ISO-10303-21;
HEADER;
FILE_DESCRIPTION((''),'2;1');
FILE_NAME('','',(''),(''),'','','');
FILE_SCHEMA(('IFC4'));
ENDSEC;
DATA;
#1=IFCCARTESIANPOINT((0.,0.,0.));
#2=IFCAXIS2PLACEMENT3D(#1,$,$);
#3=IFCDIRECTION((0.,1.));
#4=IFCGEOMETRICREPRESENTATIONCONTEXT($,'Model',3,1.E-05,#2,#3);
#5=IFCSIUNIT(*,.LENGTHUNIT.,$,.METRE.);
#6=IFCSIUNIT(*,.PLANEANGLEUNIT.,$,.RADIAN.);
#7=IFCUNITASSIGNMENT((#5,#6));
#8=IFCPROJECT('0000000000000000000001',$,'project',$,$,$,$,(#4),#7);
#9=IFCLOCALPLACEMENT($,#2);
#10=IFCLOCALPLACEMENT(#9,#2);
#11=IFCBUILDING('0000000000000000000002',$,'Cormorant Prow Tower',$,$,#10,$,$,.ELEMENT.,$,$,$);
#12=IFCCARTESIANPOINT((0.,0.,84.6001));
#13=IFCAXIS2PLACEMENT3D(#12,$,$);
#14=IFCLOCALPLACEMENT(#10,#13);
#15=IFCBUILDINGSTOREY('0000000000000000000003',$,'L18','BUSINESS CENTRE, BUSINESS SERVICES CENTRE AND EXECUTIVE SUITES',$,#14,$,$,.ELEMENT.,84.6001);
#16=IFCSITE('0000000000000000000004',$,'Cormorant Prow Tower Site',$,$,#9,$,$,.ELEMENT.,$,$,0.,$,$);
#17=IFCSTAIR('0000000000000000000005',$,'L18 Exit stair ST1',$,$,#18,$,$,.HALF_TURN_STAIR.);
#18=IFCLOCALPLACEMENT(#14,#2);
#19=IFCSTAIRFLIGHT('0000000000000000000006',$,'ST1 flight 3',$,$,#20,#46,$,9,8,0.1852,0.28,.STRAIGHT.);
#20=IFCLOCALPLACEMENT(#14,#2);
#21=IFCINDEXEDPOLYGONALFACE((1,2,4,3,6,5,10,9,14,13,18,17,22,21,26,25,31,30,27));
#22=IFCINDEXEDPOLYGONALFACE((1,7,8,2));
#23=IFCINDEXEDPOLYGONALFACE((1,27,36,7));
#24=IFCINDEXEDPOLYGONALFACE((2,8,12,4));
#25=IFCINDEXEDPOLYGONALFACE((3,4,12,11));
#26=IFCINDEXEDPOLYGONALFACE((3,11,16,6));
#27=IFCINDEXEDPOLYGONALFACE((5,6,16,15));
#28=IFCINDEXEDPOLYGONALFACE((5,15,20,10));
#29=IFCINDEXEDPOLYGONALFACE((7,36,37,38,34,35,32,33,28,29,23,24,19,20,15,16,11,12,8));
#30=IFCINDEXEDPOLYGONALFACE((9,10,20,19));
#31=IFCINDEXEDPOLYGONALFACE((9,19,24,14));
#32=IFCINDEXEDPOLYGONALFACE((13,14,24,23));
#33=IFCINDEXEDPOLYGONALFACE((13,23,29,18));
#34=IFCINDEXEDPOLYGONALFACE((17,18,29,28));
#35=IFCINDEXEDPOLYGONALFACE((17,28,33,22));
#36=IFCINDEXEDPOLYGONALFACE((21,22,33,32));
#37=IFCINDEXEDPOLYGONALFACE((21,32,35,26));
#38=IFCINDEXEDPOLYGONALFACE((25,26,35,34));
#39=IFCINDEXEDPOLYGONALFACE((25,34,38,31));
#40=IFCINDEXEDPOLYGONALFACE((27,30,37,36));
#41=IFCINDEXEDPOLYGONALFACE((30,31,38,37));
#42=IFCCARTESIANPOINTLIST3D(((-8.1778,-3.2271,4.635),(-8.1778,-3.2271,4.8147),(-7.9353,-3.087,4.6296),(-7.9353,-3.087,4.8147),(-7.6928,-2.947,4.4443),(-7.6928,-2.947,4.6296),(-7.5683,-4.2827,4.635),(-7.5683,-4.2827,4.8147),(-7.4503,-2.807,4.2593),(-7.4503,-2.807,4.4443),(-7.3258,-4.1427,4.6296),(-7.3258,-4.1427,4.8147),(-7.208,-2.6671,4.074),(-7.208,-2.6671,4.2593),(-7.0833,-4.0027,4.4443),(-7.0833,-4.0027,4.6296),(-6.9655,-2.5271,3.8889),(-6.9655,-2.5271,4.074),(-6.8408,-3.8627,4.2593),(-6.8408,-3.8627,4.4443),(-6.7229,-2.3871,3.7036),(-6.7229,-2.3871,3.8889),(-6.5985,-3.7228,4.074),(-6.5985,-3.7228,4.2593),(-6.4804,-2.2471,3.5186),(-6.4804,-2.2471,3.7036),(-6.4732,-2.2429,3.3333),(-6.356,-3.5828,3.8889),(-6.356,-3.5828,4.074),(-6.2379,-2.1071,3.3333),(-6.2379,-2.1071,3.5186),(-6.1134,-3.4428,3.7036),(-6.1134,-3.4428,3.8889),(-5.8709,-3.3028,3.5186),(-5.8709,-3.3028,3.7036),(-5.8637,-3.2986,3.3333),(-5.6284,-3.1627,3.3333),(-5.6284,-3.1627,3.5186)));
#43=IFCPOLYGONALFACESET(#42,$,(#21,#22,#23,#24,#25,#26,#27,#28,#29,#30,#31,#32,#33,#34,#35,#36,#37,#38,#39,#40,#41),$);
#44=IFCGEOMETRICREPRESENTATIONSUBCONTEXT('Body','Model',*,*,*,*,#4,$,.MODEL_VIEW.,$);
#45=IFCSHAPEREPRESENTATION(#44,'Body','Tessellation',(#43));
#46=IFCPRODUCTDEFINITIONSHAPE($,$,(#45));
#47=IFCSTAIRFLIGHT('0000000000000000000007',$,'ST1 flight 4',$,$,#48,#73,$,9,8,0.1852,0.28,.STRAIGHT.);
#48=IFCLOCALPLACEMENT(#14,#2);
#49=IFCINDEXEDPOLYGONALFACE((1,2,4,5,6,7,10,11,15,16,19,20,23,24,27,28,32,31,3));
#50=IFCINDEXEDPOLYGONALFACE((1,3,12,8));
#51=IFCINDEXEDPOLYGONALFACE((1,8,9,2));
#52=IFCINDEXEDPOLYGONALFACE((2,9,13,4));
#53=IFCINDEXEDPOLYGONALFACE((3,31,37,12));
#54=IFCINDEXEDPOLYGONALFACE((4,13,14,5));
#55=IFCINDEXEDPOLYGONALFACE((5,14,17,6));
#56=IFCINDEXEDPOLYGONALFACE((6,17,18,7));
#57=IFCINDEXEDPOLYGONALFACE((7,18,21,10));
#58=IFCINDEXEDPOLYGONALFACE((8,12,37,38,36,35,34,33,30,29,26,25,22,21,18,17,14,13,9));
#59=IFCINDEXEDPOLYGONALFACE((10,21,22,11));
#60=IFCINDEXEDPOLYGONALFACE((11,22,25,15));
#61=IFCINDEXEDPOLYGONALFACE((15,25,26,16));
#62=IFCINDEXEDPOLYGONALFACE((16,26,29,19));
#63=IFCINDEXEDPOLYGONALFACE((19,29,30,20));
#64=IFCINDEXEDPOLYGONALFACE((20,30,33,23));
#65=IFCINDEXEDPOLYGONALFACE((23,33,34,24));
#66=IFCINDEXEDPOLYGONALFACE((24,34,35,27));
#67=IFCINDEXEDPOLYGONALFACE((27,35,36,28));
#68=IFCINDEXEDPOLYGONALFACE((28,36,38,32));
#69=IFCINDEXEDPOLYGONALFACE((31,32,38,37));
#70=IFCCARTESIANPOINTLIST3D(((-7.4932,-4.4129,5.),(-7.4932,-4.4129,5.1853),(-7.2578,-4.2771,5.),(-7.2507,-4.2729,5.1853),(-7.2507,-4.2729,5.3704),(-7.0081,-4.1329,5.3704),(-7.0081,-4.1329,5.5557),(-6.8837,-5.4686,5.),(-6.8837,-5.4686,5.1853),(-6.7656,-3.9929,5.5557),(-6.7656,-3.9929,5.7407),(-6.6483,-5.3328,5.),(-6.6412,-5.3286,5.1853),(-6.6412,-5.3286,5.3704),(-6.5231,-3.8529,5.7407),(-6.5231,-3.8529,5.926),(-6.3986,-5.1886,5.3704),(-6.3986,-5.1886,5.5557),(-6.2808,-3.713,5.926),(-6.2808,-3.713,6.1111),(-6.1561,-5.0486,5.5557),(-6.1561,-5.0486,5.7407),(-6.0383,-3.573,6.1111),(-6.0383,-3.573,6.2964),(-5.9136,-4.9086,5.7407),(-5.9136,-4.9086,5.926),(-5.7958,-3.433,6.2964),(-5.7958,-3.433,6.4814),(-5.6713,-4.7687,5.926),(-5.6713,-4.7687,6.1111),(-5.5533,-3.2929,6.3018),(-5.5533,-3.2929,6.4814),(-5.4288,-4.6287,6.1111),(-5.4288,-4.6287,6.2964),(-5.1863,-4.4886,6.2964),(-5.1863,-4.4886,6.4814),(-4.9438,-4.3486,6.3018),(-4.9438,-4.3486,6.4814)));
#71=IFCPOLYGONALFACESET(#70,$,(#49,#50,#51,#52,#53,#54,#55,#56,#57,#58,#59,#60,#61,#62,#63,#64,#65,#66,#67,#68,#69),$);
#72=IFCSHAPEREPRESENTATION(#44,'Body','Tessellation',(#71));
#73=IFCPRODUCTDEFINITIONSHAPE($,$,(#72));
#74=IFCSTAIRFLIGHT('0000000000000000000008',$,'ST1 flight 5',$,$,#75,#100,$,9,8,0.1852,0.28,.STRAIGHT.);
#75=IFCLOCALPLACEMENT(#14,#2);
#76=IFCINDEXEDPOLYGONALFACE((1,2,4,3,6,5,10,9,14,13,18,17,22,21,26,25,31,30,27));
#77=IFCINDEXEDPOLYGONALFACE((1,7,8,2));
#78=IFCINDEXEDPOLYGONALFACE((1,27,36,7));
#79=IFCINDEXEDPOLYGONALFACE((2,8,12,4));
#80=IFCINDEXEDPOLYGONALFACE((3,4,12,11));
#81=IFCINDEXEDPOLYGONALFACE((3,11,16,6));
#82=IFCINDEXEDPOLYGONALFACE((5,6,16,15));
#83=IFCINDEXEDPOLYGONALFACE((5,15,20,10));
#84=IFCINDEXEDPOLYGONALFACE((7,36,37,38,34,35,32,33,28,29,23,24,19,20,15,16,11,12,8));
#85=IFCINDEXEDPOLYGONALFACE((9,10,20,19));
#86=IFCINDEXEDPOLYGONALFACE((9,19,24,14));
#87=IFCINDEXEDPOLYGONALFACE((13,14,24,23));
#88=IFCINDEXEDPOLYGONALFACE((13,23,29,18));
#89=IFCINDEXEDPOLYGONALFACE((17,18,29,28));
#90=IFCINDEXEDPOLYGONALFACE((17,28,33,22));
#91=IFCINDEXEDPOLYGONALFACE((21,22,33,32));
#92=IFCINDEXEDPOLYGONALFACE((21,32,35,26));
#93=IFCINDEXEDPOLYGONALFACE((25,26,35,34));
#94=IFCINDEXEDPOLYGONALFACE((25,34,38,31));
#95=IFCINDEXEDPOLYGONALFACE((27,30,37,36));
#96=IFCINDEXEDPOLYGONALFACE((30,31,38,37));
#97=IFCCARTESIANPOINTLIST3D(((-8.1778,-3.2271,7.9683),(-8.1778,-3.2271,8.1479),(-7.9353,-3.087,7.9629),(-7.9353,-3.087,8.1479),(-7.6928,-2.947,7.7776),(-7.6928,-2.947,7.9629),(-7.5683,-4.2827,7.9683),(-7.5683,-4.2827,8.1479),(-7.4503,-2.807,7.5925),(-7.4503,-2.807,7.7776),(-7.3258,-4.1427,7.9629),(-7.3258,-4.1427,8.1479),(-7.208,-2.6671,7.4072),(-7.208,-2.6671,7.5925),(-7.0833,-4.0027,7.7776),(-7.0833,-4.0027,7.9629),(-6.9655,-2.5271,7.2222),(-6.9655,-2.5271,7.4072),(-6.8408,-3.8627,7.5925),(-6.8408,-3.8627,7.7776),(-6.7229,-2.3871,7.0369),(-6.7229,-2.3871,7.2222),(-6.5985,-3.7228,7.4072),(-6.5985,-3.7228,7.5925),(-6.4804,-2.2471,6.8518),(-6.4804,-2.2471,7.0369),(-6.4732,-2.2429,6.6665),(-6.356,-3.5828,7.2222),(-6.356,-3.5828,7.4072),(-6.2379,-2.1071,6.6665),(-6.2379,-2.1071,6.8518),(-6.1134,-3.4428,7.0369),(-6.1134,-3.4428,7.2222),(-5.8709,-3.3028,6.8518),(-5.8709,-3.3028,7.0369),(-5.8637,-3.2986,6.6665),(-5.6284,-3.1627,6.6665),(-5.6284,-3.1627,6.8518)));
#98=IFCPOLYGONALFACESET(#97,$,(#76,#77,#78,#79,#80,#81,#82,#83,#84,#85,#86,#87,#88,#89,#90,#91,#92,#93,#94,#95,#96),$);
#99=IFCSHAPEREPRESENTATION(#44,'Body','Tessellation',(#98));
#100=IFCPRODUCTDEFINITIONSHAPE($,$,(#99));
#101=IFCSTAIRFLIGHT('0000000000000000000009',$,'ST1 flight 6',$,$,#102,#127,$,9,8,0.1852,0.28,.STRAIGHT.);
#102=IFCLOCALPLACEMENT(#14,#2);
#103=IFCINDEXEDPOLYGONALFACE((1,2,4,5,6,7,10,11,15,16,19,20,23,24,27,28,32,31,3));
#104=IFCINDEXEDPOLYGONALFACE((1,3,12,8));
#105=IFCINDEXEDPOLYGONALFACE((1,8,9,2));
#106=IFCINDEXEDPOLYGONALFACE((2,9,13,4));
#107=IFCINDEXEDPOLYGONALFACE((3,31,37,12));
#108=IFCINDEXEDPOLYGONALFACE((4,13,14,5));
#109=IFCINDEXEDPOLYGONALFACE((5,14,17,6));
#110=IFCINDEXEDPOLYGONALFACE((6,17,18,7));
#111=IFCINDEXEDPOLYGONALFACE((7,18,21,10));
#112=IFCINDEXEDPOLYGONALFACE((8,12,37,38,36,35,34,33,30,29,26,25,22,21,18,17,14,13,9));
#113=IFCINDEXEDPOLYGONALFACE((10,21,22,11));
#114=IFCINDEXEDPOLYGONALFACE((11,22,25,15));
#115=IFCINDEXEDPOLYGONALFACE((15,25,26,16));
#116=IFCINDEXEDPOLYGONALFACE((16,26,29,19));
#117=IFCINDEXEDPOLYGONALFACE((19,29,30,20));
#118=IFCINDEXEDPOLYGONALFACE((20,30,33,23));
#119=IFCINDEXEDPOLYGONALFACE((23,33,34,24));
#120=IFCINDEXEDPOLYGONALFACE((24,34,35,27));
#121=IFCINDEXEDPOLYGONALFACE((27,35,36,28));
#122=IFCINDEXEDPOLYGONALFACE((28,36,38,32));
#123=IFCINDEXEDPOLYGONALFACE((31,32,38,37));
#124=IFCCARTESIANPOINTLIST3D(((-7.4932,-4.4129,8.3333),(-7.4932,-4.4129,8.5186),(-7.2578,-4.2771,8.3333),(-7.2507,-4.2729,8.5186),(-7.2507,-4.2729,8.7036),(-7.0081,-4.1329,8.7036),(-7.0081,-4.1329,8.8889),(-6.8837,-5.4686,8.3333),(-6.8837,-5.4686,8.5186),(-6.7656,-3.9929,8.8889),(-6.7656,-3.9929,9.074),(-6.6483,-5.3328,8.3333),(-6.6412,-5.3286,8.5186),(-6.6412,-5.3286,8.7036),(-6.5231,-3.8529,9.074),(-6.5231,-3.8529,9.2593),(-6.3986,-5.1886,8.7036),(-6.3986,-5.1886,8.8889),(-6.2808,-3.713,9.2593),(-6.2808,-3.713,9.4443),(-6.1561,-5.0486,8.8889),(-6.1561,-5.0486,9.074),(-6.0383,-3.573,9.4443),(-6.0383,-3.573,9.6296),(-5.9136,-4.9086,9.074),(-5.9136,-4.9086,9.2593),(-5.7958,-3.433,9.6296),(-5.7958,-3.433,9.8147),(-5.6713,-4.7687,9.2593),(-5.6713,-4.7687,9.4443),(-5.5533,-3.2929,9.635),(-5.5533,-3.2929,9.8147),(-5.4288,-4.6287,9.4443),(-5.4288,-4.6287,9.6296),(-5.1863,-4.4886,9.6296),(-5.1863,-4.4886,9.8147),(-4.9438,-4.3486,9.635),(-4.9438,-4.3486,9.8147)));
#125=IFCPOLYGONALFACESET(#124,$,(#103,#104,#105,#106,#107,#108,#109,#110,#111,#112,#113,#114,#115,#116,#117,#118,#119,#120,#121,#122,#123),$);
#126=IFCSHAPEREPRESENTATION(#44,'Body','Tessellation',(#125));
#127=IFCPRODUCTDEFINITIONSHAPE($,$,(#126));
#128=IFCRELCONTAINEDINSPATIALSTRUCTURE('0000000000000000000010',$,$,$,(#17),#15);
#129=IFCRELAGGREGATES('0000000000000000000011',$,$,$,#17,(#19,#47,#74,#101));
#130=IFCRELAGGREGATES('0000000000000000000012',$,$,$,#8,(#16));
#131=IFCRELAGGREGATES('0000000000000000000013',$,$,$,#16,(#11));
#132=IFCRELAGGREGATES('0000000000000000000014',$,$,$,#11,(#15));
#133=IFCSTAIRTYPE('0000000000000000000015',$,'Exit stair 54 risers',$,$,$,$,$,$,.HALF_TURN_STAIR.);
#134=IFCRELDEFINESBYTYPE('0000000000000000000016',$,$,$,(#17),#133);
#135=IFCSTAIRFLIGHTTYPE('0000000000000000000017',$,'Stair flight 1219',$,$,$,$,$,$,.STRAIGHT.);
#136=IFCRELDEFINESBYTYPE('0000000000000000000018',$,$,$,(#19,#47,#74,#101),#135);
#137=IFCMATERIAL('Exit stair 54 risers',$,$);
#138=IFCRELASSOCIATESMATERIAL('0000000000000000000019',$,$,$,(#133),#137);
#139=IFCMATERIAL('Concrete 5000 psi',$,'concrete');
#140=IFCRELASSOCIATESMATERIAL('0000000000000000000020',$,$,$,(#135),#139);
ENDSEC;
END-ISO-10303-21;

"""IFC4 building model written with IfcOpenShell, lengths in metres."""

from ifc_helpers import new_model, si_unit, direction, frame, origin, place, context, subcontext, project, spatial, polyline, outline, extrude, material, type_object, element, aggregate, save


model = new_model("IFC4")

# Units and contexts
model_context = context("Model", 3, precision=1e-05, world=origin(), true_north=direction((0.0, 1.0)))
body_context = subcontext(model_context, "Body", "Model", "MODEL_VIEW")
ifc_project = project(units=[si_unit("LENGTHUNIT", "METRE"), si_unit("PLANEANGLEUNIT", "RADIAN")], contexts=[model_context])

# Site, building, storey
site_placement = place(None, origin())
site = spatial("IfcSite", under=ifc_project, at=site_placement, Name="Cormorant Prow Tower Site", CompositionType="ELEMENT", RefElevation=0.0)
building_placement = place(site_placement, origin())
building = spatial("IfcBuilding", under=site, at=building_placement, Name="Cormorant Prow Tower", CompositionType="ELEMENT")
storey_placement = place(building_placement, frame((0.0, 0.0, 84.6001)))
storey = spatial("IfcBuildingStorey", under=building, at=storey_placement, Name="L18", Description="BUSINESS CENTRE, BUSINESS SERVICES CENTRE AND EXECUTIVE SUITES", CompositionType="ELEMENT", Elevation=84.6001)

# Stair, stair flights
ifc_material_1 = material(Name="Exit stair 54 risers")
stair_type = type_object("IfcStairType", Name="Exit stair 54 risers", PredefinedType="HALF_TURN_STAIR", material=ifc_material_1)
stair_placement = place(storey_placement, origin())
stair = element("IfcStair", 1, at=stair_placement, inside=storey, type_object=stair_type, Name="L18 Exit stair ST1", PredefinedType="HALF_TURN_STAIR")
ifc_material_2 = material(Name="Concrete 5000 psi", Category="concrete")
stair_flight_type = type_object("IfcStairFlightType", Name="Stair flight 1219", PredefinedType="STRAIGHT", material=ifc_material_2)
stair_flight_1_placement = place(storey_placement, frame((-5.9331, -2.635, 3.3333), z_axis=(0.0, 0.0, 1.0), x_axis=(-0.866025, -0.5, 0.0)))
stair_flight_1 = element("IfcStairFlight", 2, at=stair_flight_1_placement, type_object=stair_flight_type, Name="ST1 flight 3", NumberOfRisers=9, NumberOfTreads=8, PredefinedType="STRAIGHT", RiserHeight=0.1852, TreadLength=0.28, context=body_context, shape_type="SweptSolid", body=[
    extrude(outline(polyline([(0.0, 0.0), (0.0, 0.1853), (0.28, 0.1853), (0.28, 0.3704), (0.5601, 0.3704), (0.5601, 0.5557), (0.8401, 0.5557), (0.8401, 0.7407), (1.1201, 0.7407), (1.1201, 0.926), (1.3999, 0.926), (1.3999, 1.1111), (1.6799, 1.1111), (1.6799, 1.2964), (1.96, 1.2964), (1.96, 1.4814), (2.24, 1.4814), (2.24, 1.6667), (2.24, 1.3018), (0.2717, 0.0), (0.0, 0.0)])), frame((0.0, 0.6094, 0.0), z_axis=(0.0, -1.0, 0.0), x_axis=(1.0, 0.0, 0.0)), (0.0, 0.0, 1.0), 1.219),
])
stair_flight_2_placement = place(storey_placement, frame((-7.1885, -4.9407, 5.0), z_axis=(0.0, 0.0, 1.0), x_axis=(0.866025, 0.5, 0.0)))
stair_flight_2 = element("IfcStairFlight", 3, at=stair_flight_2_placement, type_object=stair_flight_type, Name="ST1 flight 4", NumberOfRisers=9, NumberOfTreads=8, PredefinedType="STRAIGHT", RiserHeight=0.1852, TreadLength=0.28, context=body_context, shape_type="SweptSolid", body=[
    extrude(outline(polyline([(0.0, 0.0), (0.0, 0.1853), (0.28, 0.1853), (0.28, 0.3704), (0.5601, 0.3704), (0.5601, 0.5557), (0.8401, 0.5557), (0.8401, 0.7407), (1.1201, 0.7407), (1.1201, 0.926), (1.3999, 0.926), (1.3999, 1.1111), (1.6799, 1.1111), (1.6799, 1.2964), (1.96, 1.2964), (1.96, 1.4814), (2.24, 1.4814), (2.24, 1.6667), (2.24, 1.3018), (0.2717, 0.0), (0.0, 0.0)])), frame((0.0, 0.6094, 0.0), z_axis=(0.0, -1.0, 0.0), x_axis=(1.0, 0.0, 0.0)), (0.0, 0.0, 1.0), 1.219),
])
stair_flight_3_placement = place(storey_placement, frame((-5.9331, -2.635, 6.6665), z_axis=(0.0, 0.0, 1.0), x_axis=(-0.866025, -0.5, 0.0)))
stair_flight_3 = element("IfcStairFlight", 4, at=stair_flight_3_placement, type_object=stair_flight_type, Name="ST1 flight 5", NumberOfRisers=9, NumberOfTreads=8, PredefinedType="STRAIGHT", RiserHeight=0.1852, TreadLength=0.28, context=body_context, shape_type="SweptSolid", body=[
    extrude(outline(polyline([(0.0, 0.0), (0.0, 0.1853), (0.28, 0.1853), (0.28, 0.3704), (0.5601, 0.3704), (0.5601, 0.5557), (0.8401, 0.5557), (0.8401, 0.7407), (1.1201, 0.7407), (1.1201, 0.926), (1.3999, 0.926), (1.3999, 1.1111), (1.6799, 1.1111), (1.6799, 1.2964), (1.96, 1.2964), (1.96, 1.4814), (2.24, 1.4814), (2.24, 1.6667), (2.24, 1.3018), (0.2717, 0.0), (0.0, 0.0)])), frame((0.0, 0.6094, 0.0), z_axis=(0.0, -1.0, 0.0), x_axis=(1.0, 0.0, 0.0)), (0.0, 0.0, 1.0), 1.219),
])
stair_flight_4_placement = place(storey_placement, frame((-7.1885, -4.9407, 8.3333), z_axis=(0.0, 0.0, 1.0), x_axis=(0.866025, 0.5, 0.0)))
stair_flight_4 = element("IfcStairFlight", 5, at=stair_flight_4_placement, type_object=stair_flight_type, Name="ST1 flight 6", NumberOfRisers=9, NumberOfTreads=8, PredefinedType="STRAIGHT", RiserHeight=0.1852, TreadLength=0.28, context=body_context, shape_type="SweptSolid", body=[
    extrude(outline(polyline([(0.0, 0.0), (0.0, 0.1853), (0.28, 0.1853), (0.28, 0.3704), (0.5601, 0.3704), (0.5601, 0.5557), (0.8401, 0.5557), (0.8401, 0.7407), (1.1201, 0.7407), (1.1201, 0.926), (1.3999, 0.926), (1.3999, 1.1111), (1.6799, 1.1111), (1.6799, 1.2964), (1.96, 1.2964), (1.96, 1.4814), (2.24, 1.4814), (2.24, 1.6667), (2.24, 1.3018), (0.2717, 0.0), (0.0, 0.0)])), frame((0.0, 0.6094, 0.0), z_axis=(0.0, -1.0, 0.0), x_axis=(1.0, 0.0, 0.0)), (0.0, 0.0, 1.0), 1.219),
])
aggregate(stair, [stair_flight_1, stair_flight_2, stair_flight_3, stair_flight_4])

save(model, "model.ifc")
